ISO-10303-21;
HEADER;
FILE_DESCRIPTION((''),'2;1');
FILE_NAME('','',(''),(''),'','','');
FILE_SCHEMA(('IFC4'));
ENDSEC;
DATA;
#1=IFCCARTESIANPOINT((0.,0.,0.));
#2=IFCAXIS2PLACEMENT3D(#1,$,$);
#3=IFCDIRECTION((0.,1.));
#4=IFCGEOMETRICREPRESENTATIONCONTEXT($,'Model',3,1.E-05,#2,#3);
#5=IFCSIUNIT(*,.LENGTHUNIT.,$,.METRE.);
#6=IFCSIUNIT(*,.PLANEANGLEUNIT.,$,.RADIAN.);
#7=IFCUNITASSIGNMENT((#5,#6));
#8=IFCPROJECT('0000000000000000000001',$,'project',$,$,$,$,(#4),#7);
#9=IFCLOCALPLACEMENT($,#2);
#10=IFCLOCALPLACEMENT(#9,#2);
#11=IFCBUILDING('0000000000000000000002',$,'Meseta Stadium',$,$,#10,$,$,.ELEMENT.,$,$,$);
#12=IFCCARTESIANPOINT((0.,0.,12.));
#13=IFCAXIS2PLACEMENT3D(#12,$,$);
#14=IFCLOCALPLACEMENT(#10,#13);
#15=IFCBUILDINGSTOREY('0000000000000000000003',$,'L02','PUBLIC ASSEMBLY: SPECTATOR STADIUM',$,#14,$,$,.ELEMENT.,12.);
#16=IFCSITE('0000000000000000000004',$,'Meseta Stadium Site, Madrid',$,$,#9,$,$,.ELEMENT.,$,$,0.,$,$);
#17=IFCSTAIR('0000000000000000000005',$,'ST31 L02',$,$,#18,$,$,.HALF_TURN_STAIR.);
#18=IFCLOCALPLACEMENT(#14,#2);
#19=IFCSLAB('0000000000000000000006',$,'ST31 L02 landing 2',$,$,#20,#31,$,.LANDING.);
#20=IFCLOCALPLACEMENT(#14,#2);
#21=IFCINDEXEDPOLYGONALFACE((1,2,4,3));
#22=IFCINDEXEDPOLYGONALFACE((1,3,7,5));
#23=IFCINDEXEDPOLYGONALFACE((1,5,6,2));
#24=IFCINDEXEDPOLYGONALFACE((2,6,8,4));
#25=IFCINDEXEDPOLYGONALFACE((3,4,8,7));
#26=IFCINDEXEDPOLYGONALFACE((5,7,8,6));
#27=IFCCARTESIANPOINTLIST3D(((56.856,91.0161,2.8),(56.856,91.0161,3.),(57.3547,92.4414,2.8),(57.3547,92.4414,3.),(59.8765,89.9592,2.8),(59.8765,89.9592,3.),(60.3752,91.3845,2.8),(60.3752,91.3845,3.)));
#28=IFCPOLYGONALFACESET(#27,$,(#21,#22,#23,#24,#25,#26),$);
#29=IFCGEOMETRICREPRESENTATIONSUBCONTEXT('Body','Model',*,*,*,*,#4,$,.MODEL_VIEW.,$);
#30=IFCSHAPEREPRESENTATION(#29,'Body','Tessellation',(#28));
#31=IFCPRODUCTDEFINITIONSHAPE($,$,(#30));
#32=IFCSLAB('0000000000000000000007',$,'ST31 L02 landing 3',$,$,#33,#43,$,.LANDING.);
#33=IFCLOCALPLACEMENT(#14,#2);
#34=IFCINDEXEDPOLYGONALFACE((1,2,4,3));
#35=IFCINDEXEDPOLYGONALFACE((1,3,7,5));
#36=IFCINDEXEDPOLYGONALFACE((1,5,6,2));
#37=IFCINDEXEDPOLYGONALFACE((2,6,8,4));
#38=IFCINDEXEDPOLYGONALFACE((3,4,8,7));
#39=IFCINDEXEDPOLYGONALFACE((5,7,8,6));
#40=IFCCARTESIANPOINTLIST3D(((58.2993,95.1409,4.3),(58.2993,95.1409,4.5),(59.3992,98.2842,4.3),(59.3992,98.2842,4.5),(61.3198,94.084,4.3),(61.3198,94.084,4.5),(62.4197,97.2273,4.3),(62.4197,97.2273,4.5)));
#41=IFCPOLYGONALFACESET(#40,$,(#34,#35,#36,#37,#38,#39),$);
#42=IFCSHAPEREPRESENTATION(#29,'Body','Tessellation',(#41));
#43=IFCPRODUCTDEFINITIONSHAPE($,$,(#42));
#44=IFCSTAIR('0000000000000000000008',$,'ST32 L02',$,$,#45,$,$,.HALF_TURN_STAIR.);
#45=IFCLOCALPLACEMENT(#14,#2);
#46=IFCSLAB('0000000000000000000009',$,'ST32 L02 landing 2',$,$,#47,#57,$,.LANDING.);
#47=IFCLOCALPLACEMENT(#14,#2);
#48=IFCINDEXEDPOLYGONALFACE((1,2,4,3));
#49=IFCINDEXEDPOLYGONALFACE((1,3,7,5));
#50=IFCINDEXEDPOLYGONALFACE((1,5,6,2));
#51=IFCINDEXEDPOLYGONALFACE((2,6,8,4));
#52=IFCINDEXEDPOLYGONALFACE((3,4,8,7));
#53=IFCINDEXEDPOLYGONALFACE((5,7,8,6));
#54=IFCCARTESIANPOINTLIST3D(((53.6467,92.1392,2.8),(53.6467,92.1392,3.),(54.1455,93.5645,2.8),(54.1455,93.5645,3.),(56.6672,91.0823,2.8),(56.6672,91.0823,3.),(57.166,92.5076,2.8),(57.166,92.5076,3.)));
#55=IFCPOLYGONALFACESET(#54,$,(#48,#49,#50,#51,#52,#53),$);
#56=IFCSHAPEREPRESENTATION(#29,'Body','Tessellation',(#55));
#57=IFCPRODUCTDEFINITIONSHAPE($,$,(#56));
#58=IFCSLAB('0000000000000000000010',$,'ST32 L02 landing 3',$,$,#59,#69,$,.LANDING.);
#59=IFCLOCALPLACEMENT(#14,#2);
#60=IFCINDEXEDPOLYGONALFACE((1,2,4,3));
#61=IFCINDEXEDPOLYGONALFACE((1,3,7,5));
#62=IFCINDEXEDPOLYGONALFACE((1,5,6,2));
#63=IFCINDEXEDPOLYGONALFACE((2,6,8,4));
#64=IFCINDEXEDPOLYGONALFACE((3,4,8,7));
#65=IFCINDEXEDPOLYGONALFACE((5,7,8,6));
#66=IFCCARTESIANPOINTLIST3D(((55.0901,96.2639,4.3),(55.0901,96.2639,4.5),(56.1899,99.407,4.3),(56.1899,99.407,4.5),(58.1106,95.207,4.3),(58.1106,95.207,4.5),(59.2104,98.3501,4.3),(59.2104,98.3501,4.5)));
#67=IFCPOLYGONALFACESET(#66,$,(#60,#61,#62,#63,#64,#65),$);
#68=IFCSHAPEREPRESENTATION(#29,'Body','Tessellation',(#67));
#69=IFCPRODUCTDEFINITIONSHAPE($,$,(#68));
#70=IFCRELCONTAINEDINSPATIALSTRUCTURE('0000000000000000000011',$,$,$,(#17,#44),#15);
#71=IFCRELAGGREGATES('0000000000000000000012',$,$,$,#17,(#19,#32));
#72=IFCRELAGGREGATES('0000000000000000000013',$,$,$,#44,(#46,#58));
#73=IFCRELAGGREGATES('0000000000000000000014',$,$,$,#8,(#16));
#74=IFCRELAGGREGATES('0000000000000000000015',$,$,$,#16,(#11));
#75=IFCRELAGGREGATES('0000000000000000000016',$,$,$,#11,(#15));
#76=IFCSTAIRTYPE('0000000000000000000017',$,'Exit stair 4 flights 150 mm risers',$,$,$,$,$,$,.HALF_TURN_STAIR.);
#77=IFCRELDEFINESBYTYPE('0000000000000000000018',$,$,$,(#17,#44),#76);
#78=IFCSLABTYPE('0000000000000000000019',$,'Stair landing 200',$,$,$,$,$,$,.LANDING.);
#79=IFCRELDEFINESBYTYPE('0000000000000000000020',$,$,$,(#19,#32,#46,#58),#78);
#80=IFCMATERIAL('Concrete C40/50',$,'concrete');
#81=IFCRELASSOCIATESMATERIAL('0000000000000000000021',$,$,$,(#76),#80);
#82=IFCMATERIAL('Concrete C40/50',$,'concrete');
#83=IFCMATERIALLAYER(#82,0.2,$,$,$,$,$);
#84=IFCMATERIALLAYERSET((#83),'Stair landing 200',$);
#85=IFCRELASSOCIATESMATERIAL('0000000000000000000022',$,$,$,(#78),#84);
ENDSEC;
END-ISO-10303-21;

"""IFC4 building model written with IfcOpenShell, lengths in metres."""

from ifc_helpers import new_model, si_unit, direction, frame, origin, place, context, subcontext, project, spatial, polyline, outline, extrude, material, layer, layer_set, type_object, element, aggregate, save


model = new_model("IFC4")

# Units and contexts
model_context = context("Model", 3, precision=1e-05, world=origin(), true_north=direction((0.0, 1.0)))
body_context = subcontext(model_context, "Body", "Model", "MODEL_VIEW")
ifc_project = project(units=[si_unit("LENGTHUNIT", "METRE"), si_unit("PLANEANGLEUNIT", "RADIAN")], contexts=[model_context])

# Site, building, storey
site_placement = place(None, origin())
site = spatial("IfcSite", under=ifc_project, at=site_placement, Name="Meseta Stadium Site, Madrid", CompositionType="ELEMENT", RefElevation=0.0)
building_placement = place(site_placement, origin())
building = spatial("IfcBuilding", under=site, at=building_placement, Name="Meseta Stadium", CompositionType="ELEMENT")
storey_placement = place(building_placement, frame((0.0, 0.0, 12.0)))
storey = spatial("IfcBuildingStorey", under=building, at=storey_placement, Name="L02", Description="PUBLIC ASSEMBLY: SPECTATOR STADIUM", CompositionType="ELEMENT", Elevation=12.0)

# Shared definitions
ifc_material_1 = material(Name="Concrete C40/50", Category="concrete")
stair_type = type_object("IfcStairType", Name="Exit stair 4 flights 150 mm risers", PredefinedType="HALF_TURN_STAIR", material=ifc_material_1)
ifc_material_2 = material(Name="Concrete C40/50", Category="concrete")
ifc_layer = layer(ifc_material_2, 0.2)
ifc_layer_set = layer_set([ifc_layer], Name="Stair landing 200")
slab_type = type_object("IfcSlabType", Name="Stair landing 200", PredefinedType="LANDING", material=ifc_layer_set)

# Stairs, slabs
stair_1_placement = place(storey_placement, origin())
stair_1 = element("IfcStair", 1, at=stair_1_placement, inside=storey, type_object=stair_type, Name="ST31 L02", PredefinedType="HALF_TURN_STAIR")
slab_1_placement = place(storey_placement, frame((0.0, 0.0, 2.8)))
slab_1 = element("IfcSlab", 2, at=slab_1_placement, type_object=slab_type, Name="ST31 L02 landing 2", PredefinedType="LANDING", context=body_context, shape_type="SweptSolid", body=[
    extrude(outline(polyline([(59.8765, 89.9592), (60.3752, 91.3845), (57.3547, 92.4414), (56.856, 91.0161), (59.8765, 89.9592)])), origin(), (0.0, 0.0, 1.0), 0.2),
])
slab_2_placement = place(storey_placement, frame((0.0, 0.0, 4.3)))
slab_2 = element("IfcSlab", 3, at=slab_2_placement, type_object=slab_type, Name="ST31 L02 landing 3", PredefinedType="LANDING", context=body_context, shape_type="SweptSolid", body=[
    extrude(outline(polyline([(61.3198, 94.084), (62.4197, 97.2273), (59.3992, 98.2842), (58.2993, 95.1409), (61.3198, 94.084)])), origin(), (0.0, 0.0, 1.0), 0.2),
])
aggregate(stair_1, [slab_1, slab_2])
stair_2_placement = place(storey_placement, origin())
stair_2 = element("IfcStair", 4, at=stair_2_placement, inside=storey, type_object=stair_type, Name="ST32 L02", PredefinedType="HALF_TURN_STAIR")
slab_3_placement = place(storey_placement, frame((0.0, 0.0, 2.8)))
slab_3 = element("IfcSlab", 5, at=slab_3_placement, type_object=slab_type, Name="ST32 L02 landing 2", PredefinedType="LANDING", context=body_context, shape_type="SweptSolid", body=[
    extrude(outline(polyline([(56.6672, 91.0823), (57.166, 92.5076), (54.1455, 93.5645), (53.6467, 92.1392), (56.6672, 91.0823)])), origin(), (0.0, 0.0, 1.0), 0.2),
])
slab_4_placement = place(storey_placement, frame((0.0, 0.0, 4.3)))
slab_4 = element("IfcSlab", 6, at=slab_4_placement, type_object=slab_type, Name="ST32 L02 landing 3", PredefinedType="LANDING", context=body_context, shape_type="SweptSolid", body=[
    extrude(outline(polyline([(58.1106, 95.207), (59.2104, 98.3501), (56.1899, 99.407), (55.0901, 96.2639), (58.1106, 95.207)])), origin(), (0.0, 0.0, 1.0), 0.2),
])
aggregate(stair_2, [slab_3, slab_4])

save(model, "model.ifc")
